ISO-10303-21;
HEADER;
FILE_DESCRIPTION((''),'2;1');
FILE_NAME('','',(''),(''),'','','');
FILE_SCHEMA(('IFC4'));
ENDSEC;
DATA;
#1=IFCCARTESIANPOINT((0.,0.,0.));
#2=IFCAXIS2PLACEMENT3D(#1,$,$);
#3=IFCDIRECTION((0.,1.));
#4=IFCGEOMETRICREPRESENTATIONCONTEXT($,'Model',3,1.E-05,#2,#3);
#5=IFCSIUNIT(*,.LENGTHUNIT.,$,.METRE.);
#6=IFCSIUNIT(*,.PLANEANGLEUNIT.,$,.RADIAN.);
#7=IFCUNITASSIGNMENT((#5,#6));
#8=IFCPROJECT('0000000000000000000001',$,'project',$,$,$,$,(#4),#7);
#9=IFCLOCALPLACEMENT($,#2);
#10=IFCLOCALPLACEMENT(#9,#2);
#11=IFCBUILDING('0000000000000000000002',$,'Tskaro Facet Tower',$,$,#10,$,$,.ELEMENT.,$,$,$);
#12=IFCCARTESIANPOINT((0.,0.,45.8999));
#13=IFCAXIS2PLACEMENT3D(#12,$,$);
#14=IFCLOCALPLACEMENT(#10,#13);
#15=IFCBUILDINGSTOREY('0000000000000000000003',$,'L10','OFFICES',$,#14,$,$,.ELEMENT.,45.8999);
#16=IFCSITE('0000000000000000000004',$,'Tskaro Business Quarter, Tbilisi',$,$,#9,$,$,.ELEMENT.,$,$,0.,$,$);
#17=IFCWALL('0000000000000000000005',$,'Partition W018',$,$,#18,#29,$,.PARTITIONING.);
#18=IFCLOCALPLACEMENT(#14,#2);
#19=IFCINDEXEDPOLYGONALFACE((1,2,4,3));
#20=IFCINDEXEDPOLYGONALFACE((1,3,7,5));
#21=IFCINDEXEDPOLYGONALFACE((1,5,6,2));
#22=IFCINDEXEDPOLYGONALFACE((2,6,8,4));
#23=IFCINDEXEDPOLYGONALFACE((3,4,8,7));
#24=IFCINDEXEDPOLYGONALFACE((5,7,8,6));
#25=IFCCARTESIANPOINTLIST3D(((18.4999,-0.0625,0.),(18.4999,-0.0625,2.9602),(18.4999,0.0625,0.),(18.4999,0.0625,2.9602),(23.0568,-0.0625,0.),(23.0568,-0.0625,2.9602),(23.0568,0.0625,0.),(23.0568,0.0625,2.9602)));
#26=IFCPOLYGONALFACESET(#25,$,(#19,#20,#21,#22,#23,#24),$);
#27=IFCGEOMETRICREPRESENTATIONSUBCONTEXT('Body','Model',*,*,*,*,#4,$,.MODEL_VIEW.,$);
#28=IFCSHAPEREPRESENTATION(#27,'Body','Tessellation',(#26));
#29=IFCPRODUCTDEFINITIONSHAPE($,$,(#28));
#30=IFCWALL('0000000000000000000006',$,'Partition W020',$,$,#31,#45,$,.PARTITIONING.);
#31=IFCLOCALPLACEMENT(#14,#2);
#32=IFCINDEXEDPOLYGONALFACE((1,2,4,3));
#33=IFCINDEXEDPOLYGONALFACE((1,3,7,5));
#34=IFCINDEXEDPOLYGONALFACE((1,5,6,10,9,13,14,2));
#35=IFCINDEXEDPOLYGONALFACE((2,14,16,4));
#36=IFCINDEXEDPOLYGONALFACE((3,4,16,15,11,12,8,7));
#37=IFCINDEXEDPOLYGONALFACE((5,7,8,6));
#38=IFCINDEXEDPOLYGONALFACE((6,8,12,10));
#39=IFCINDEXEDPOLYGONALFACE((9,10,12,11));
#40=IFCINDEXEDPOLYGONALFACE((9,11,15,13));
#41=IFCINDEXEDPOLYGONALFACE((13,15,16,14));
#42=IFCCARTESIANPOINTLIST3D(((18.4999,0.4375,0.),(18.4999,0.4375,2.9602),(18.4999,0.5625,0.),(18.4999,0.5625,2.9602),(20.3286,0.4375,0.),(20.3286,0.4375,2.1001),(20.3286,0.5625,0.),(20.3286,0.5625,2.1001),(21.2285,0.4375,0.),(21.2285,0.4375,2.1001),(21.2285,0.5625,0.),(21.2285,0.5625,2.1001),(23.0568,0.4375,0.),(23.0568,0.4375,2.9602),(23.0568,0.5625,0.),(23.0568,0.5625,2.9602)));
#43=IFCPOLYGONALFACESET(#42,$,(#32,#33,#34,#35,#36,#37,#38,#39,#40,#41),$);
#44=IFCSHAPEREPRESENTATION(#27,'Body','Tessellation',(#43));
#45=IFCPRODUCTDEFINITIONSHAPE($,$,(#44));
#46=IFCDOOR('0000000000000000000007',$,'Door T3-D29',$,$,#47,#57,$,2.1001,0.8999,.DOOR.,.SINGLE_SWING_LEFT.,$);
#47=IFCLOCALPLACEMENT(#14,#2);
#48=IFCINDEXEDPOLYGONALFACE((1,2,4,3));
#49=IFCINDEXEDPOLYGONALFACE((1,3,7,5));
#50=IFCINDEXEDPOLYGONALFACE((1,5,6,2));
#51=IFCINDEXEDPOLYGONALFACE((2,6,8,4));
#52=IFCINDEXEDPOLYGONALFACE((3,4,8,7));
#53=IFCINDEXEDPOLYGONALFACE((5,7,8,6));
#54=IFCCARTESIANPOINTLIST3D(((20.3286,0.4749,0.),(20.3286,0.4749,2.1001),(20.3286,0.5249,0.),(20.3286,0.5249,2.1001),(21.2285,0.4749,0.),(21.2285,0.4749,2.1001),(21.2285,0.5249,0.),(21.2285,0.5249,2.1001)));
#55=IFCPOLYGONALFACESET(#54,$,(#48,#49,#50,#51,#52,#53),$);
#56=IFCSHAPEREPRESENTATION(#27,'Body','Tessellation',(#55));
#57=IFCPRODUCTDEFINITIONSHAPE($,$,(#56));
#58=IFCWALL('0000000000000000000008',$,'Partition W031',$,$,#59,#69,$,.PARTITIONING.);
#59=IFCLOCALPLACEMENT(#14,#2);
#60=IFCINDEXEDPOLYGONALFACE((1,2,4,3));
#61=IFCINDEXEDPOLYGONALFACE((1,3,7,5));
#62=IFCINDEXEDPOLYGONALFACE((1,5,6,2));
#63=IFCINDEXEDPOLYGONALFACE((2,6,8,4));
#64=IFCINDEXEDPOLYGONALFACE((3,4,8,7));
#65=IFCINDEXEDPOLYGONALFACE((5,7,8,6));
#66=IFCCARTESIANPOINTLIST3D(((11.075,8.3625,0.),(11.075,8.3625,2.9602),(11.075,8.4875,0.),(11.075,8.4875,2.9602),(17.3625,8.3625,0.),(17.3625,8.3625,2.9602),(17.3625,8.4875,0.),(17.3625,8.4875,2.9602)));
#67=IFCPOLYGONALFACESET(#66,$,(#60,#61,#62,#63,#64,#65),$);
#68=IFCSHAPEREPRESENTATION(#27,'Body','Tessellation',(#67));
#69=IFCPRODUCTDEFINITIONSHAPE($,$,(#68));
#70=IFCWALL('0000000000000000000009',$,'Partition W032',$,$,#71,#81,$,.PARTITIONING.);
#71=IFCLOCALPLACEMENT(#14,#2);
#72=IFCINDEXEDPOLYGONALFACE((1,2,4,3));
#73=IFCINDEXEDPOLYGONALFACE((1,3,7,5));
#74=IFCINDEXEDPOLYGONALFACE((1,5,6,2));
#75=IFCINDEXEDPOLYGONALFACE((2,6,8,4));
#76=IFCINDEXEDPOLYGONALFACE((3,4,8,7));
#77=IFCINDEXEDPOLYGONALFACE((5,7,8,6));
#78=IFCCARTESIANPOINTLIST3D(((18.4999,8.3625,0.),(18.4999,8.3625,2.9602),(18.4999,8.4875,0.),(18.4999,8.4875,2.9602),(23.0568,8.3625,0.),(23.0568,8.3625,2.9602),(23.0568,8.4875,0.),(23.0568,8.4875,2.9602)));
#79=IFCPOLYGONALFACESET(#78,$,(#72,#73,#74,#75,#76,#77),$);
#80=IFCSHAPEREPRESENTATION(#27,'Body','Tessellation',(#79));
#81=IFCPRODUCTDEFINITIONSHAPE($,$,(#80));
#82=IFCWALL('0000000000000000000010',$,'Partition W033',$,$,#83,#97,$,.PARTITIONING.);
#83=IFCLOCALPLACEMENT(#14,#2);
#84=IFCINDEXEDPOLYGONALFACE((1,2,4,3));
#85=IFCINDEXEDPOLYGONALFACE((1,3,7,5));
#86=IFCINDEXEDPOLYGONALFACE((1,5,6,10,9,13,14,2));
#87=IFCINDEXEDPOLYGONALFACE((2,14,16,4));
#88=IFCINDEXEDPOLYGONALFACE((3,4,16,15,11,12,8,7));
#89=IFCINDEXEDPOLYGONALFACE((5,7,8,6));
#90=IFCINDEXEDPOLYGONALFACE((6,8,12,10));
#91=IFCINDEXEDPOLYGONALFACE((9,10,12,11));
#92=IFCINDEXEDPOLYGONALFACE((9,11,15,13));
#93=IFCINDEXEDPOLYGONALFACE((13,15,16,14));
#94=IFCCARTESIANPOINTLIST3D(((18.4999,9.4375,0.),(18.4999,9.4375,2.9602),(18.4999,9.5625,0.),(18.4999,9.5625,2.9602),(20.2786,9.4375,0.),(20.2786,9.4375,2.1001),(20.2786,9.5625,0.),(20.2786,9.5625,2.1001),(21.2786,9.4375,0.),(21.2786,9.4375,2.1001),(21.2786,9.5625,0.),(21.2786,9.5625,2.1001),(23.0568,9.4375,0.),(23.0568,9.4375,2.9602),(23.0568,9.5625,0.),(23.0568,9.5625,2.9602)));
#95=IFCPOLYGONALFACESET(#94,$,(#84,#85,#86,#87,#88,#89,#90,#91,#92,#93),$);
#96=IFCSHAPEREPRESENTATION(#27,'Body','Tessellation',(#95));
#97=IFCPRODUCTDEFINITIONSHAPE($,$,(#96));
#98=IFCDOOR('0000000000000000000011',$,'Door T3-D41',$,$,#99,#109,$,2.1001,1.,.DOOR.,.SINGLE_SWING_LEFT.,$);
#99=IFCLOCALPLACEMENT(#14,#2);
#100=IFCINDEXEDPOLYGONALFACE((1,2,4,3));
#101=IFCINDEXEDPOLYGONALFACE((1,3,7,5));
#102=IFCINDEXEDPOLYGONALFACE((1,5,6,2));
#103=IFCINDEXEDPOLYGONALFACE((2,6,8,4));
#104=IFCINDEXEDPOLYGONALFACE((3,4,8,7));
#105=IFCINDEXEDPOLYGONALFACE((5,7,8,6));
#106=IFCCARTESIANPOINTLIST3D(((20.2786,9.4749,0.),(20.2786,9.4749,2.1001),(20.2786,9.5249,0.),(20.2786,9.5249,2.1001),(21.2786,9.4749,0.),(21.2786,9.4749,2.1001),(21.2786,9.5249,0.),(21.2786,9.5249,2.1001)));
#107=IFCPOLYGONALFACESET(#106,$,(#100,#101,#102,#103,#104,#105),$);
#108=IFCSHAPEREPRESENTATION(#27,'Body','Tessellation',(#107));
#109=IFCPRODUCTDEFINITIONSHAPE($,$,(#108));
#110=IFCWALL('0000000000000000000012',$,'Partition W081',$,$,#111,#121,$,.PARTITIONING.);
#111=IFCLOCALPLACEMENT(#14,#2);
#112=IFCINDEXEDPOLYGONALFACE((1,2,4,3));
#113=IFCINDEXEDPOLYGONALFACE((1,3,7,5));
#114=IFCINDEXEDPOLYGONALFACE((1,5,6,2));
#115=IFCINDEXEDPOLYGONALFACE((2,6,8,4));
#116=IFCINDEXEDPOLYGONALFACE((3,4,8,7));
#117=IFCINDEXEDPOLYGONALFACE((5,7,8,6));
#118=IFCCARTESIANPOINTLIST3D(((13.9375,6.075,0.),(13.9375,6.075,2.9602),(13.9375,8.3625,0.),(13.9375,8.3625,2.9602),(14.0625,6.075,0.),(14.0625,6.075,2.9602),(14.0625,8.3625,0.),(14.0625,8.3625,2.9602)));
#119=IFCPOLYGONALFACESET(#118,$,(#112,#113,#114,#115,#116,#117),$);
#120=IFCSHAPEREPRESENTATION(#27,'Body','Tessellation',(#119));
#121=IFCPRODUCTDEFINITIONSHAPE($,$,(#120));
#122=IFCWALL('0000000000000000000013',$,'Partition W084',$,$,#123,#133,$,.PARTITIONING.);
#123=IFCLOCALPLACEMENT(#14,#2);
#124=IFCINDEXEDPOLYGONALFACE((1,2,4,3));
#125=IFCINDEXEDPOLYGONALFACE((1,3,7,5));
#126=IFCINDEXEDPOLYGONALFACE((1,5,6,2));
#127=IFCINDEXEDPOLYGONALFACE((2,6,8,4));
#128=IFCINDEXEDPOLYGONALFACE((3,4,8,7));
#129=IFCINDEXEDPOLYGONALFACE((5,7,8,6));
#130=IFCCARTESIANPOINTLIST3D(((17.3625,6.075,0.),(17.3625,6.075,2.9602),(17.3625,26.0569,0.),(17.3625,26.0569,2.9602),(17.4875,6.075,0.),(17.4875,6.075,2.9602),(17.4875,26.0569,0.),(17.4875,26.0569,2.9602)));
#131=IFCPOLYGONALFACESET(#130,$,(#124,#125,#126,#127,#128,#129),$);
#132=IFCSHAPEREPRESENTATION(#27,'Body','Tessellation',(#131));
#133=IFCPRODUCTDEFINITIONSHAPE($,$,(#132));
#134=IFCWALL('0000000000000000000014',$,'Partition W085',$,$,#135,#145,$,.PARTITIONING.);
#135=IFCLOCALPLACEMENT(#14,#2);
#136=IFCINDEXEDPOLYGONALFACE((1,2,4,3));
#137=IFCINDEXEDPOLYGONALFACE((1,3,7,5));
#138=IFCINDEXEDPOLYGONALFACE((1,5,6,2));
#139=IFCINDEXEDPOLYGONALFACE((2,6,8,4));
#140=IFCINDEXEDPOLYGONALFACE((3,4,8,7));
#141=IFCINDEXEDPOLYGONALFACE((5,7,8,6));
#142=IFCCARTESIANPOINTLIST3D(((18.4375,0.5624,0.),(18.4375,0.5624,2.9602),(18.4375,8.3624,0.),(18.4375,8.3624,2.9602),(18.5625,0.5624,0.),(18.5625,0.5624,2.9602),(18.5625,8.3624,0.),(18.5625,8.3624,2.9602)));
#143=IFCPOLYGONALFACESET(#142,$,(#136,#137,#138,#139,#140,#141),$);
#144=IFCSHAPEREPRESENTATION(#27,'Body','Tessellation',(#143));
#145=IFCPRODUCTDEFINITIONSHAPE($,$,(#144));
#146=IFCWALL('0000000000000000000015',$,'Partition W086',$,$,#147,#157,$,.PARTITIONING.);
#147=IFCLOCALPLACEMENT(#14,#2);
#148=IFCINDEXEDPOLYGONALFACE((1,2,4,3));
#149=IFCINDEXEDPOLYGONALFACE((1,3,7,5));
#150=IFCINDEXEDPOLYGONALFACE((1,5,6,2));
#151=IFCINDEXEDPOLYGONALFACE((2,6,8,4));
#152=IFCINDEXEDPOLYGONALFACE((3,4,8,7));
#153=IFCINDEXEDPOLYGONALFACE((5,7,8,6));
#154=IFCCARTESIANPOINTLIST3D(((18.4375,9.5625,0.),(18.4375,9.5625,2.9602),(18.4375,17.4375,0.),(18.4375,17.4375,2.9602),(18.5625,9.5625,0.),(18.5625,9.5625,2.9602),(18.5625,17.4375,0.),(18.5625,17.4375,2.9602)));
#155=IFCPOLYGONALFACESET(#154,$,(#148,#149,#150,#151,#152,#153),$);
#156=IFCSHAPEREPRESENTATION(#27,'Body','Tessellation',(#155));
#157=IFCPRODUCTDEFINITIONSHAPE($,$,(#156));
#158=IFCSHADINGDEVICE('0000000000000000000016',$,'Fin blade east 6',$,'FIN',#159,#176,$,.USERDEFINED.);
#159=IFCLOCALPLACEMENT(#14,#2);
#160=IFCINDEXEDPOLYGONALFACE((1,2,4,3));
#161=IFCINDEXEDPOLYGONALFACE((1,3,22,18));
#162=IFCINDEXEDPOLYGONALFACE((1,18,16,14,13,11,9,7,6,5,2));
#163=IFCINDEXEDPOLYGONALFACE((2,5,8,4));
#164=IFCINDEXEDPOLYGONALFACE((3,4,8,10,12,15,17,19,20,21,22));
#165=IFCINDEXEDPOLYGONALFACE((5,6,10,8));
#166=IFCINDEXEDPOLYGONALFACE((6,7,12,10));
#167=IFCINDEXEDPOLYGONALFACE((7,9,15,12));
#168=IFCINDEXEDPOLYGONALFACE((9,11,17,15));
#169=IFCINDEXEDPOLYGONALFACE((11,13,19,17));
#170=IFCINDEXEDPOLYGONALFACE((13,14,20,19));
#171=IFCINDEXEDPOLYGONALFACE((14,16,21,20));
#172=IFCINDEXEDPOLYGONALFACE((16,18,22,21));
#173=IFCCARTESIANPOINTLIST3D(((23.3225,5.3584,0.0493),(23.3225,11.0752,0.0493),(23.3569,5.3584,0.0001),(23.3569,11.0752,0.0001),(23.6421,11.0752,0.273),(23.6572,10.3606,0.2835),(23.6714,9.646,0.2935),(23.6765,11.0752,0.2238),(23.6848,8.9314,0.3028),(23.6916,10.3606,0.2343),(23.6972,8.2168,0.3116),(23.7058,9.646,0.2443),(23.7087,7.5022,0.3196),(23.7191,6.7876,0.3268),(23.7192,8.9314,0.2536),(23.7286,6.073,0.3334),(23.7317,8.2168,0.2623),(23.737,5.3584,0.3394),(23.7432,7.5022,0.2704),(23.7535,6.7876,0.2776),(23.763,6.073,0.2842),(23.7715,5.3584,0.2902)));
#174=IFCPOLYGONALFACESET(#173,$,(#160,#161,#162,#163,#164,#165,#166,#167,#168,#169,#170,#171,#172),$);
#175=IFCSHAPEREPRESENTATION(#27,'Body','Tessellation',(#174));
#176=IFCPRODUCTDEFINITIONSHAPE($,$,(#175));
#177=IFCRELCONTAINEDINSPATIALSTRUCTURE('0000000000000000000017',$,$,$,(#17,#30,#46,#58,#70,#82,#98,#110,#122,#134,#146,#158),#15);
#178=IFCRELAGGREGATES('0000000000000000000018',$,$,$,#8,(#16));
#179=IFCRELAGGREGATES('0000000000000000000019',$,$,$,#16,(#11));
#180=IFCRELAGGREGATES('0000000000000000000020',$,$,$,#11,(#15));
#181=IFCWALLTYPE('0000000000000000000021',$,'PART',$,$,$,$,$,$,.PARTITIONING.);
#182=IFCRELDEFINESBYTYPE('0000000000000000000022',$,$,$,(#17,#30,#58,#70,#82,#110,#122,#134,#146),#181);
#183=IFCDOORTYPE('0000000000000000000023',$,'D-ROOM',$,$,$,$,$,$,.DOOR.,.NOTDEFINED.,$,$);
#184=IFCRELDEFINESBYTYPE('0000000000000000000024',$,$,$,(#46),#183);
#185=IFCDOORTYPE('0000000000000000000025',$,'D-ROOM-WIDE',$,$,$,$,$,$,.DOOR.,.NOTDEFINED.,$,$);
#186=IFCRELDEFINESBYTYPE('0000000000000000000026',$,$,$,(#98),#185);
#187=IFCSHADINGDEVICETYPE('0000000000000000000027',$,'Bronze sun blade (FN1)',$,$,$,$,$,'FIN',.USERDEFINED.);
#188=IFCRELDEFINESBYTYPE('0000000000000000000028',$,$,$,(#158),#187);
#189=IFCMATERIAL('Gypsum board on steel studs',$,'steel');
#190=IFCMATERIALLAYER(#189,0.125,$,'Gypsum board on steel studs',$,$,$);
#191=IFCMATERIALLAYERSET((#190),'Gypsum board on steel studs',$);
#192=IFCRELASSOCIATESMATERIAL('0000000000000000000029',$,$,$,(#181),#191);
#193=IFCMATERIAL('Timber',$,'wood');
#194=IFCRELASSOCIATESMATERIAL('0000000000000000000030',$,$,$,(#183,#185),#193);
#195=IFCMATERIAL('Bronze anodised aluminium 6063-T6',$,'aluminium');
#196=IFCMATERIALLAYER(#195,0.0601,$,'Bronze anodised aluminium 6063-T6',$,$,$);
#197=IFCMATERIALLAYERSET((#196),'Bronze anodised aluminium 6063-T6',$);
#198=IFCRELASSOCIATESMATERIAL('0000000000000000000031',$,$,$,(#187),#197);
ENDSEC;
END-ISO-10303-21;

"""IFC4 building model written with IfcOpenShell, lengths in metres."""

from ifc_helpers import new_model, si_unit, direction, frame, frame_2d, origin, place, context, subcontext, project, spatial, polyline, rectangle, outline, extrude, material, layer, layer_set, type_object, element, fill, save


model = new_model("IFC4")

# Units and contexts
model_context = context("Model", 3, precision=1e-05, world=origin(), true_north=direction((0.0, 1.0)))
body_context = subcontext(model_context, "Body", "Model", "MODEL_VIEW")
ifc_project = project(units=[si_unit("LENGTHUNIT", "METRE"), si_unit("PLANEANGLEUNIT", "RADIAN")], contexts=[model_context])

# Site, building, storey
site_placement = place(None, origin())
site = spatial("IfcSite", under=ifc_project, at=site_placement, Name="Tskaro Business Quarter, Tbilisi", CompositionType="ELEMENT", RefElevation=0.0)
building_placement = place(site_placement, origin())
building = spatial("IfcBuilding", under=site, at=building_placement, Name="Tskaro Facet Tower", CompositionType="ELEMENT")
storey_placement = place(building_placement, frame((0.0, 0.0, 45.8999)))
storey = spatial("IfcBuildingStorey", under=building, at=storey_placement, Name="L10", Description="OFFICES", CompositionType="ELEMENT", Elevation=45.8999)

# Shared definitions
ifc_material_1 = material(Name="Bronze anodised aluminium 6063-T6", Category="aluminium")

# Wall
ifc_material_2 = material(Name="Gypsum board on steel studs", Category="steel")
ifc_layer_1 = layer(ifc_material_2, 0.125, Name="Gypsum board on steel studs")
ifc_layer_set_1 = layer_set([ifc_layer_1], Name="Gypsum board on steel studs")
wall_type_1 = type_object("IfcWallType", Name="PART", PredefinedType="PARTITIONING", material=ifc_layer_set_1)
wall_1_placement = place(storey_placement, frame((18.5, 0.0, 0.0), z_axis=(0.0, 0.0, 1.0), x_axis=(1.0, 0.0, 0.0)))
element("IfcWall", 1, at=wall_1_placement, inside=storey, type_object=wall_type_1, Name="Partition W018", PredefinedType="PARTITIONING", context=body_context, shape_type="SweptSolid", body=[
    extrude(rectangle(XDim=4.5569, YDim=0.125, at=frame_2d((2.2783, 0.0))), origin(), (0.0, 0.0, 1.0), 2.9602),
])

# Wall, opening, door
wall_2_placement = place(storey_placement, frame((18.5, 0.5, 0.0), z_axis=(0.0, 0.0, 1.0), x_axis=(1.0, 0.0, 0.0)))
wall_2 = element("IfcWall", 2, at=wall_2_placement, inside=storey, type_object=wall_type_1, Name="Partition W020", PredefinedType="PARTITIONING", context=body_context, shape_type="SweptSolid", body=[
    extrude(rectangle(XDim=4.5569, YDim=0.125, at=frame_2d((2.2783, 0.0))), origin(), (0.0, 0.0, 1.0), 2.9602),
])
opening_1_placement = place(wall_2_placement, frame((1.8286, 0.0, 0.0)))
opening_1 = element("IfcOpeningElement", 3, at=opening_1_placement, cuts=wall_2, PredefinedType="OPENING", context=body_context, shape_type="SweptSolid", body=[
    extrude(rectangle(XDim=0.8999, YDim=2.1001, at=frame_2d((0.45, 1.05))), frame((0.0, 0.0725, 0.0), z_axis=(0.0, -1.0, 0.0), x_axis=(1.0, 0.0, 0.0)), (0.0, 0.0, 1.0), 0.145),
])
ifc_material_3 = material(Name="Timber", Category="wood")
door_type_1 = type_object("IfcDoorType", Name="D-ROOM", OperationType="NOTDEFINED", PredefinedType="DOOR", material=ifc_material_3)
door_1_placement = place(opening_1_placement, origin())
door_1 = element("IfcDoor", 4, at=door_1_placement, inside=storey, type_object=door_type_1, Name="Door T3-D29", OperationType="SINGLE_SWING_LEFT", OverallHeight=2.1001, OverallWidth=0.8999, PredefinedType="DOOR", context=body_context, shape_type="SweptSolid", body=[
    extrude(rectangle(XDim=0.8999, YDim=2.1001, at=frame_2d((0.45, 1.05))), frame((0.0, 0.0249, 0.0), z_axis=(0.0, -1.0, 0.0), x_axis=(1.0, 0.0, 0.0)), (0.0, 0.0, 1.0), 0.05),
])
fill(opening_1, door_1)

# Walls
wall_3_placement = place(storey_placement, frame((11.075, 8.425, 0.0), z_axis=(0.0, 0.0, 1.0), x_axis=(1.0, 0.0, 0.0)))
element("IfcWall", 5, at=wall_3_placement, inside=storey, type_object=wall_type_1, Name="Partition W031", PredefinedType="PARTITIONING", context=body_context, shape_type="SweptSolid", body=[
    extrude(rectangle(XDim=6.2876, YDim=0.125, at=frame_2d((3.1438, 0.0))), origin(), (0.0, 0.0, 1.0), 2.9602),
])
wall_4_placement = place(storey_placement, frame((18.5, 8.425, 0.0), z_axis=(0.0, 0.0, 1.0), x_axis=(1.0, 0.0, 0.0)))
element("IfcWall", 6, at=wall_4_placement, inside=storey, type_object=wall_type_1, Name="Partition W032", PredefinedType="PARTITIONING", context=body_context, shape_type="SweptSolid", body=[
    extrude(rectangle(XDim=4.5569, YDim=0.125, at=frame_2d((2.2783, 0.0))), origin(), (0.0, 0.0, 1.0), 2.9602),
])

# Wall, opening, door
wall_5_placement = place(storey_placement, frame((18.5, 9.5, 0.0), z_axis=(0.0, 0.0, 1.0), x_axis=(1.0, 0.0, 0.0)))
wall_5 = element("IfcWall", 7, at=wall_5_placement, inside=storey, type_object=wall_type_1, Name="Partition W033", PredefinedType="PARTITIONING", context=body_context, shape_type="SweptSolid", body=[
    extrude(rectangle(XDim=4.5569, YDim=0.125, at=frame_2d((2.2783, 0.0))), origin(), (0.0, 0.0, 1.0), 2.9602),
])
opening_2_placement = place(wall_5_placement, frame((1.7786, 0.0, 0.0)))
opening_2 = element("IfcOpeningElement", 8, at=opening_2_placement, cuts=wall_5, PredefinedType="OPENING", context=body_context, shape_type="SweptSolid", body=[
    extrude(rectangle(XDim=1.0, YDim=2.1001, at=frame_2d((0.5, 1.05))), frame((0.0, 0.0725, 0.0), z_axis=(0.0, -1.0, 0.0), x_axis=(1.0, 0.0, 0.0)), (0.0, 0.0, 1.0), 0.145),
])
door_type_2 = type_object("IfcDoorType", Name="D-ROOM-WIDE", OperationType="NOTDEFINED", PredefinedType="DOOR", material=ifc_material_3)
door_2_placement = place(opening_2_placement, origin())
door_2 = element("IfcDoor", 9, at=door_2_placement, inside=storey, type_object=door_type_2, Name="Door T3-D41", OperationType="SINGLE_SWING_LEFT", OverallHeight=2.1001, OverallWidth=1.0, PredefinedType="DOOR", context=body_context, shape_type="SweptSolid", body=[
    extrude(rectangle(XDim=1.0, YDim=2.1001, at=frame_2d((0.5, 1.05))), frame((0.0, 0.0249, 0.0), z_axis=(0.0, -1.0, 0.0), x_axis=(1.0, 0.0, 0.0)), (0.0, 0.0, 1.0), 0.05),
])
fill(opening_2, door_2)

# Walls
wall_6_placement = place(storey_placement, frame((14.0, 6.075, 0.0), z_axis=(0.0, 0.0, 1.0), x_axis=(0.0, 1.0, 0.0)))
element("IfcWall", 10, at=wall_6_placement, inside=storey, type_object=wall_type_1, Name="Partition W081", PredefinedType="PARTITIONING", context=body_context, shape_type="SweptSolid", body=[
    extrude(rectangle(XDim=2.2876, YDim=0.125, at=frame_2d((1.1438, 0.0))), origin(), (0.0, 0.0, 1.0), 2.9602),
])
wall_7_placement = place(storey_placement, frame((17.425, 6.075, 0.0), z_axis=(0.0, 0.0, 1.0), x_axis=(0.0, 1.0, 0.0)))
element("IfcWall", 11, at=wall_7_placement, inside=storey, type_object=wall_type_1, Name="Partition W084", PredefinedType="PARTITIONING", context=body_context, shape_type="SweptSolid", body=[
    extrude(rectangle(XDim=19.9819, YDim=0.125, at=frame_2d((9.991, 0.0))), origin(), (0.0, 0.0, 1.0), 2.9602),
])
wall_8_placement = place(storey_placement, frame((18.5, 0.5625, 0.0), z_axis=(0.0, 0.0, 1.0), x_axis=(0.0, 1.0, 0.0)))
element("IfcWall", 12, at=wall_8_placement, inside=storey, type_object=wall_type_1, Name="Partition W085", PredefinedType="PARTITIONING", context=body_context, shape_type="SweptSolid", body=[
    extrude(rectangle(XDim=7.8, YDim=0.125, at=frame_2d((3.8999, 0.0))), origin(), (0.0, 0.0, 1.0), 2.9602),
])
wall_9_placement = place(storey_placement, frame((18.5, 9.5625, 0.0), z_axis=(0.0, 0.0, 1.0), x_axis=(0.0, 1.0, 0.0)))
element("IfcWall", 13, at=wall_9_placement, inside=storey, type_object=wall_type_1, Name="Partition W086", PredefinedType="PARTITIONING", context=body_context, shape_type="SweptSolid", body=[
    extrude(rectangle(XDim=7.875, YDim=0.125, at=frame_2d((3.9375, 0.0))), origin(), (0.0, 0.0, 1.0), 2.9602),
])

# Shading device
ifc_layer_2 = layer(ifc_material_1, 0.0601, Name="Bronze anodised aluminium 6063-T6")
ifc_layer_set_2 = layer_set([ifc_layer_2], Name="Bronze anodised aluminium 6063-T6")
shading_device_type = type_object("IfcShadingDeviceType", Name="Bronze sun blade (FN1)", ElementType="FIN", PredefinedType="USERDEFINED", material=ifc_layer_set_2)
shading_device_1_placement = place(storey_placement, frame((23.3225, 5.3584, 0.0493), z_axis=(-0.573325, -0.000004, 0.819328), x_axis=(-0.000002, 1.0, 0.000003)))
element("IfcShadingDevice", 14, at=shading_device_1_placement, inside=storey, type_object=shading_device_type, Name="Fin blade east 6", ObjectType="FIN", PredefinedType="USERDEFINED", context=body_context, shape_type="SweptSolid", body=[
    extrude(outline(polyline([(0.0, 0.0), (5.7168, 0.0), (5.7168, -0.3901), (5.0022, -0.4085), (4.2876, -0.4258), (3.573, -0.4421), (2.8584, -0.4574), (2.1438, -0.4714), (1.4292, -0.484), (0.7146, -0.4956), (0.0, -0.5059), (0.0, 0.0)])), origin(), (0.0, 0.0, -1.0), 0.0601),
])

save(model, "model.ifc")
